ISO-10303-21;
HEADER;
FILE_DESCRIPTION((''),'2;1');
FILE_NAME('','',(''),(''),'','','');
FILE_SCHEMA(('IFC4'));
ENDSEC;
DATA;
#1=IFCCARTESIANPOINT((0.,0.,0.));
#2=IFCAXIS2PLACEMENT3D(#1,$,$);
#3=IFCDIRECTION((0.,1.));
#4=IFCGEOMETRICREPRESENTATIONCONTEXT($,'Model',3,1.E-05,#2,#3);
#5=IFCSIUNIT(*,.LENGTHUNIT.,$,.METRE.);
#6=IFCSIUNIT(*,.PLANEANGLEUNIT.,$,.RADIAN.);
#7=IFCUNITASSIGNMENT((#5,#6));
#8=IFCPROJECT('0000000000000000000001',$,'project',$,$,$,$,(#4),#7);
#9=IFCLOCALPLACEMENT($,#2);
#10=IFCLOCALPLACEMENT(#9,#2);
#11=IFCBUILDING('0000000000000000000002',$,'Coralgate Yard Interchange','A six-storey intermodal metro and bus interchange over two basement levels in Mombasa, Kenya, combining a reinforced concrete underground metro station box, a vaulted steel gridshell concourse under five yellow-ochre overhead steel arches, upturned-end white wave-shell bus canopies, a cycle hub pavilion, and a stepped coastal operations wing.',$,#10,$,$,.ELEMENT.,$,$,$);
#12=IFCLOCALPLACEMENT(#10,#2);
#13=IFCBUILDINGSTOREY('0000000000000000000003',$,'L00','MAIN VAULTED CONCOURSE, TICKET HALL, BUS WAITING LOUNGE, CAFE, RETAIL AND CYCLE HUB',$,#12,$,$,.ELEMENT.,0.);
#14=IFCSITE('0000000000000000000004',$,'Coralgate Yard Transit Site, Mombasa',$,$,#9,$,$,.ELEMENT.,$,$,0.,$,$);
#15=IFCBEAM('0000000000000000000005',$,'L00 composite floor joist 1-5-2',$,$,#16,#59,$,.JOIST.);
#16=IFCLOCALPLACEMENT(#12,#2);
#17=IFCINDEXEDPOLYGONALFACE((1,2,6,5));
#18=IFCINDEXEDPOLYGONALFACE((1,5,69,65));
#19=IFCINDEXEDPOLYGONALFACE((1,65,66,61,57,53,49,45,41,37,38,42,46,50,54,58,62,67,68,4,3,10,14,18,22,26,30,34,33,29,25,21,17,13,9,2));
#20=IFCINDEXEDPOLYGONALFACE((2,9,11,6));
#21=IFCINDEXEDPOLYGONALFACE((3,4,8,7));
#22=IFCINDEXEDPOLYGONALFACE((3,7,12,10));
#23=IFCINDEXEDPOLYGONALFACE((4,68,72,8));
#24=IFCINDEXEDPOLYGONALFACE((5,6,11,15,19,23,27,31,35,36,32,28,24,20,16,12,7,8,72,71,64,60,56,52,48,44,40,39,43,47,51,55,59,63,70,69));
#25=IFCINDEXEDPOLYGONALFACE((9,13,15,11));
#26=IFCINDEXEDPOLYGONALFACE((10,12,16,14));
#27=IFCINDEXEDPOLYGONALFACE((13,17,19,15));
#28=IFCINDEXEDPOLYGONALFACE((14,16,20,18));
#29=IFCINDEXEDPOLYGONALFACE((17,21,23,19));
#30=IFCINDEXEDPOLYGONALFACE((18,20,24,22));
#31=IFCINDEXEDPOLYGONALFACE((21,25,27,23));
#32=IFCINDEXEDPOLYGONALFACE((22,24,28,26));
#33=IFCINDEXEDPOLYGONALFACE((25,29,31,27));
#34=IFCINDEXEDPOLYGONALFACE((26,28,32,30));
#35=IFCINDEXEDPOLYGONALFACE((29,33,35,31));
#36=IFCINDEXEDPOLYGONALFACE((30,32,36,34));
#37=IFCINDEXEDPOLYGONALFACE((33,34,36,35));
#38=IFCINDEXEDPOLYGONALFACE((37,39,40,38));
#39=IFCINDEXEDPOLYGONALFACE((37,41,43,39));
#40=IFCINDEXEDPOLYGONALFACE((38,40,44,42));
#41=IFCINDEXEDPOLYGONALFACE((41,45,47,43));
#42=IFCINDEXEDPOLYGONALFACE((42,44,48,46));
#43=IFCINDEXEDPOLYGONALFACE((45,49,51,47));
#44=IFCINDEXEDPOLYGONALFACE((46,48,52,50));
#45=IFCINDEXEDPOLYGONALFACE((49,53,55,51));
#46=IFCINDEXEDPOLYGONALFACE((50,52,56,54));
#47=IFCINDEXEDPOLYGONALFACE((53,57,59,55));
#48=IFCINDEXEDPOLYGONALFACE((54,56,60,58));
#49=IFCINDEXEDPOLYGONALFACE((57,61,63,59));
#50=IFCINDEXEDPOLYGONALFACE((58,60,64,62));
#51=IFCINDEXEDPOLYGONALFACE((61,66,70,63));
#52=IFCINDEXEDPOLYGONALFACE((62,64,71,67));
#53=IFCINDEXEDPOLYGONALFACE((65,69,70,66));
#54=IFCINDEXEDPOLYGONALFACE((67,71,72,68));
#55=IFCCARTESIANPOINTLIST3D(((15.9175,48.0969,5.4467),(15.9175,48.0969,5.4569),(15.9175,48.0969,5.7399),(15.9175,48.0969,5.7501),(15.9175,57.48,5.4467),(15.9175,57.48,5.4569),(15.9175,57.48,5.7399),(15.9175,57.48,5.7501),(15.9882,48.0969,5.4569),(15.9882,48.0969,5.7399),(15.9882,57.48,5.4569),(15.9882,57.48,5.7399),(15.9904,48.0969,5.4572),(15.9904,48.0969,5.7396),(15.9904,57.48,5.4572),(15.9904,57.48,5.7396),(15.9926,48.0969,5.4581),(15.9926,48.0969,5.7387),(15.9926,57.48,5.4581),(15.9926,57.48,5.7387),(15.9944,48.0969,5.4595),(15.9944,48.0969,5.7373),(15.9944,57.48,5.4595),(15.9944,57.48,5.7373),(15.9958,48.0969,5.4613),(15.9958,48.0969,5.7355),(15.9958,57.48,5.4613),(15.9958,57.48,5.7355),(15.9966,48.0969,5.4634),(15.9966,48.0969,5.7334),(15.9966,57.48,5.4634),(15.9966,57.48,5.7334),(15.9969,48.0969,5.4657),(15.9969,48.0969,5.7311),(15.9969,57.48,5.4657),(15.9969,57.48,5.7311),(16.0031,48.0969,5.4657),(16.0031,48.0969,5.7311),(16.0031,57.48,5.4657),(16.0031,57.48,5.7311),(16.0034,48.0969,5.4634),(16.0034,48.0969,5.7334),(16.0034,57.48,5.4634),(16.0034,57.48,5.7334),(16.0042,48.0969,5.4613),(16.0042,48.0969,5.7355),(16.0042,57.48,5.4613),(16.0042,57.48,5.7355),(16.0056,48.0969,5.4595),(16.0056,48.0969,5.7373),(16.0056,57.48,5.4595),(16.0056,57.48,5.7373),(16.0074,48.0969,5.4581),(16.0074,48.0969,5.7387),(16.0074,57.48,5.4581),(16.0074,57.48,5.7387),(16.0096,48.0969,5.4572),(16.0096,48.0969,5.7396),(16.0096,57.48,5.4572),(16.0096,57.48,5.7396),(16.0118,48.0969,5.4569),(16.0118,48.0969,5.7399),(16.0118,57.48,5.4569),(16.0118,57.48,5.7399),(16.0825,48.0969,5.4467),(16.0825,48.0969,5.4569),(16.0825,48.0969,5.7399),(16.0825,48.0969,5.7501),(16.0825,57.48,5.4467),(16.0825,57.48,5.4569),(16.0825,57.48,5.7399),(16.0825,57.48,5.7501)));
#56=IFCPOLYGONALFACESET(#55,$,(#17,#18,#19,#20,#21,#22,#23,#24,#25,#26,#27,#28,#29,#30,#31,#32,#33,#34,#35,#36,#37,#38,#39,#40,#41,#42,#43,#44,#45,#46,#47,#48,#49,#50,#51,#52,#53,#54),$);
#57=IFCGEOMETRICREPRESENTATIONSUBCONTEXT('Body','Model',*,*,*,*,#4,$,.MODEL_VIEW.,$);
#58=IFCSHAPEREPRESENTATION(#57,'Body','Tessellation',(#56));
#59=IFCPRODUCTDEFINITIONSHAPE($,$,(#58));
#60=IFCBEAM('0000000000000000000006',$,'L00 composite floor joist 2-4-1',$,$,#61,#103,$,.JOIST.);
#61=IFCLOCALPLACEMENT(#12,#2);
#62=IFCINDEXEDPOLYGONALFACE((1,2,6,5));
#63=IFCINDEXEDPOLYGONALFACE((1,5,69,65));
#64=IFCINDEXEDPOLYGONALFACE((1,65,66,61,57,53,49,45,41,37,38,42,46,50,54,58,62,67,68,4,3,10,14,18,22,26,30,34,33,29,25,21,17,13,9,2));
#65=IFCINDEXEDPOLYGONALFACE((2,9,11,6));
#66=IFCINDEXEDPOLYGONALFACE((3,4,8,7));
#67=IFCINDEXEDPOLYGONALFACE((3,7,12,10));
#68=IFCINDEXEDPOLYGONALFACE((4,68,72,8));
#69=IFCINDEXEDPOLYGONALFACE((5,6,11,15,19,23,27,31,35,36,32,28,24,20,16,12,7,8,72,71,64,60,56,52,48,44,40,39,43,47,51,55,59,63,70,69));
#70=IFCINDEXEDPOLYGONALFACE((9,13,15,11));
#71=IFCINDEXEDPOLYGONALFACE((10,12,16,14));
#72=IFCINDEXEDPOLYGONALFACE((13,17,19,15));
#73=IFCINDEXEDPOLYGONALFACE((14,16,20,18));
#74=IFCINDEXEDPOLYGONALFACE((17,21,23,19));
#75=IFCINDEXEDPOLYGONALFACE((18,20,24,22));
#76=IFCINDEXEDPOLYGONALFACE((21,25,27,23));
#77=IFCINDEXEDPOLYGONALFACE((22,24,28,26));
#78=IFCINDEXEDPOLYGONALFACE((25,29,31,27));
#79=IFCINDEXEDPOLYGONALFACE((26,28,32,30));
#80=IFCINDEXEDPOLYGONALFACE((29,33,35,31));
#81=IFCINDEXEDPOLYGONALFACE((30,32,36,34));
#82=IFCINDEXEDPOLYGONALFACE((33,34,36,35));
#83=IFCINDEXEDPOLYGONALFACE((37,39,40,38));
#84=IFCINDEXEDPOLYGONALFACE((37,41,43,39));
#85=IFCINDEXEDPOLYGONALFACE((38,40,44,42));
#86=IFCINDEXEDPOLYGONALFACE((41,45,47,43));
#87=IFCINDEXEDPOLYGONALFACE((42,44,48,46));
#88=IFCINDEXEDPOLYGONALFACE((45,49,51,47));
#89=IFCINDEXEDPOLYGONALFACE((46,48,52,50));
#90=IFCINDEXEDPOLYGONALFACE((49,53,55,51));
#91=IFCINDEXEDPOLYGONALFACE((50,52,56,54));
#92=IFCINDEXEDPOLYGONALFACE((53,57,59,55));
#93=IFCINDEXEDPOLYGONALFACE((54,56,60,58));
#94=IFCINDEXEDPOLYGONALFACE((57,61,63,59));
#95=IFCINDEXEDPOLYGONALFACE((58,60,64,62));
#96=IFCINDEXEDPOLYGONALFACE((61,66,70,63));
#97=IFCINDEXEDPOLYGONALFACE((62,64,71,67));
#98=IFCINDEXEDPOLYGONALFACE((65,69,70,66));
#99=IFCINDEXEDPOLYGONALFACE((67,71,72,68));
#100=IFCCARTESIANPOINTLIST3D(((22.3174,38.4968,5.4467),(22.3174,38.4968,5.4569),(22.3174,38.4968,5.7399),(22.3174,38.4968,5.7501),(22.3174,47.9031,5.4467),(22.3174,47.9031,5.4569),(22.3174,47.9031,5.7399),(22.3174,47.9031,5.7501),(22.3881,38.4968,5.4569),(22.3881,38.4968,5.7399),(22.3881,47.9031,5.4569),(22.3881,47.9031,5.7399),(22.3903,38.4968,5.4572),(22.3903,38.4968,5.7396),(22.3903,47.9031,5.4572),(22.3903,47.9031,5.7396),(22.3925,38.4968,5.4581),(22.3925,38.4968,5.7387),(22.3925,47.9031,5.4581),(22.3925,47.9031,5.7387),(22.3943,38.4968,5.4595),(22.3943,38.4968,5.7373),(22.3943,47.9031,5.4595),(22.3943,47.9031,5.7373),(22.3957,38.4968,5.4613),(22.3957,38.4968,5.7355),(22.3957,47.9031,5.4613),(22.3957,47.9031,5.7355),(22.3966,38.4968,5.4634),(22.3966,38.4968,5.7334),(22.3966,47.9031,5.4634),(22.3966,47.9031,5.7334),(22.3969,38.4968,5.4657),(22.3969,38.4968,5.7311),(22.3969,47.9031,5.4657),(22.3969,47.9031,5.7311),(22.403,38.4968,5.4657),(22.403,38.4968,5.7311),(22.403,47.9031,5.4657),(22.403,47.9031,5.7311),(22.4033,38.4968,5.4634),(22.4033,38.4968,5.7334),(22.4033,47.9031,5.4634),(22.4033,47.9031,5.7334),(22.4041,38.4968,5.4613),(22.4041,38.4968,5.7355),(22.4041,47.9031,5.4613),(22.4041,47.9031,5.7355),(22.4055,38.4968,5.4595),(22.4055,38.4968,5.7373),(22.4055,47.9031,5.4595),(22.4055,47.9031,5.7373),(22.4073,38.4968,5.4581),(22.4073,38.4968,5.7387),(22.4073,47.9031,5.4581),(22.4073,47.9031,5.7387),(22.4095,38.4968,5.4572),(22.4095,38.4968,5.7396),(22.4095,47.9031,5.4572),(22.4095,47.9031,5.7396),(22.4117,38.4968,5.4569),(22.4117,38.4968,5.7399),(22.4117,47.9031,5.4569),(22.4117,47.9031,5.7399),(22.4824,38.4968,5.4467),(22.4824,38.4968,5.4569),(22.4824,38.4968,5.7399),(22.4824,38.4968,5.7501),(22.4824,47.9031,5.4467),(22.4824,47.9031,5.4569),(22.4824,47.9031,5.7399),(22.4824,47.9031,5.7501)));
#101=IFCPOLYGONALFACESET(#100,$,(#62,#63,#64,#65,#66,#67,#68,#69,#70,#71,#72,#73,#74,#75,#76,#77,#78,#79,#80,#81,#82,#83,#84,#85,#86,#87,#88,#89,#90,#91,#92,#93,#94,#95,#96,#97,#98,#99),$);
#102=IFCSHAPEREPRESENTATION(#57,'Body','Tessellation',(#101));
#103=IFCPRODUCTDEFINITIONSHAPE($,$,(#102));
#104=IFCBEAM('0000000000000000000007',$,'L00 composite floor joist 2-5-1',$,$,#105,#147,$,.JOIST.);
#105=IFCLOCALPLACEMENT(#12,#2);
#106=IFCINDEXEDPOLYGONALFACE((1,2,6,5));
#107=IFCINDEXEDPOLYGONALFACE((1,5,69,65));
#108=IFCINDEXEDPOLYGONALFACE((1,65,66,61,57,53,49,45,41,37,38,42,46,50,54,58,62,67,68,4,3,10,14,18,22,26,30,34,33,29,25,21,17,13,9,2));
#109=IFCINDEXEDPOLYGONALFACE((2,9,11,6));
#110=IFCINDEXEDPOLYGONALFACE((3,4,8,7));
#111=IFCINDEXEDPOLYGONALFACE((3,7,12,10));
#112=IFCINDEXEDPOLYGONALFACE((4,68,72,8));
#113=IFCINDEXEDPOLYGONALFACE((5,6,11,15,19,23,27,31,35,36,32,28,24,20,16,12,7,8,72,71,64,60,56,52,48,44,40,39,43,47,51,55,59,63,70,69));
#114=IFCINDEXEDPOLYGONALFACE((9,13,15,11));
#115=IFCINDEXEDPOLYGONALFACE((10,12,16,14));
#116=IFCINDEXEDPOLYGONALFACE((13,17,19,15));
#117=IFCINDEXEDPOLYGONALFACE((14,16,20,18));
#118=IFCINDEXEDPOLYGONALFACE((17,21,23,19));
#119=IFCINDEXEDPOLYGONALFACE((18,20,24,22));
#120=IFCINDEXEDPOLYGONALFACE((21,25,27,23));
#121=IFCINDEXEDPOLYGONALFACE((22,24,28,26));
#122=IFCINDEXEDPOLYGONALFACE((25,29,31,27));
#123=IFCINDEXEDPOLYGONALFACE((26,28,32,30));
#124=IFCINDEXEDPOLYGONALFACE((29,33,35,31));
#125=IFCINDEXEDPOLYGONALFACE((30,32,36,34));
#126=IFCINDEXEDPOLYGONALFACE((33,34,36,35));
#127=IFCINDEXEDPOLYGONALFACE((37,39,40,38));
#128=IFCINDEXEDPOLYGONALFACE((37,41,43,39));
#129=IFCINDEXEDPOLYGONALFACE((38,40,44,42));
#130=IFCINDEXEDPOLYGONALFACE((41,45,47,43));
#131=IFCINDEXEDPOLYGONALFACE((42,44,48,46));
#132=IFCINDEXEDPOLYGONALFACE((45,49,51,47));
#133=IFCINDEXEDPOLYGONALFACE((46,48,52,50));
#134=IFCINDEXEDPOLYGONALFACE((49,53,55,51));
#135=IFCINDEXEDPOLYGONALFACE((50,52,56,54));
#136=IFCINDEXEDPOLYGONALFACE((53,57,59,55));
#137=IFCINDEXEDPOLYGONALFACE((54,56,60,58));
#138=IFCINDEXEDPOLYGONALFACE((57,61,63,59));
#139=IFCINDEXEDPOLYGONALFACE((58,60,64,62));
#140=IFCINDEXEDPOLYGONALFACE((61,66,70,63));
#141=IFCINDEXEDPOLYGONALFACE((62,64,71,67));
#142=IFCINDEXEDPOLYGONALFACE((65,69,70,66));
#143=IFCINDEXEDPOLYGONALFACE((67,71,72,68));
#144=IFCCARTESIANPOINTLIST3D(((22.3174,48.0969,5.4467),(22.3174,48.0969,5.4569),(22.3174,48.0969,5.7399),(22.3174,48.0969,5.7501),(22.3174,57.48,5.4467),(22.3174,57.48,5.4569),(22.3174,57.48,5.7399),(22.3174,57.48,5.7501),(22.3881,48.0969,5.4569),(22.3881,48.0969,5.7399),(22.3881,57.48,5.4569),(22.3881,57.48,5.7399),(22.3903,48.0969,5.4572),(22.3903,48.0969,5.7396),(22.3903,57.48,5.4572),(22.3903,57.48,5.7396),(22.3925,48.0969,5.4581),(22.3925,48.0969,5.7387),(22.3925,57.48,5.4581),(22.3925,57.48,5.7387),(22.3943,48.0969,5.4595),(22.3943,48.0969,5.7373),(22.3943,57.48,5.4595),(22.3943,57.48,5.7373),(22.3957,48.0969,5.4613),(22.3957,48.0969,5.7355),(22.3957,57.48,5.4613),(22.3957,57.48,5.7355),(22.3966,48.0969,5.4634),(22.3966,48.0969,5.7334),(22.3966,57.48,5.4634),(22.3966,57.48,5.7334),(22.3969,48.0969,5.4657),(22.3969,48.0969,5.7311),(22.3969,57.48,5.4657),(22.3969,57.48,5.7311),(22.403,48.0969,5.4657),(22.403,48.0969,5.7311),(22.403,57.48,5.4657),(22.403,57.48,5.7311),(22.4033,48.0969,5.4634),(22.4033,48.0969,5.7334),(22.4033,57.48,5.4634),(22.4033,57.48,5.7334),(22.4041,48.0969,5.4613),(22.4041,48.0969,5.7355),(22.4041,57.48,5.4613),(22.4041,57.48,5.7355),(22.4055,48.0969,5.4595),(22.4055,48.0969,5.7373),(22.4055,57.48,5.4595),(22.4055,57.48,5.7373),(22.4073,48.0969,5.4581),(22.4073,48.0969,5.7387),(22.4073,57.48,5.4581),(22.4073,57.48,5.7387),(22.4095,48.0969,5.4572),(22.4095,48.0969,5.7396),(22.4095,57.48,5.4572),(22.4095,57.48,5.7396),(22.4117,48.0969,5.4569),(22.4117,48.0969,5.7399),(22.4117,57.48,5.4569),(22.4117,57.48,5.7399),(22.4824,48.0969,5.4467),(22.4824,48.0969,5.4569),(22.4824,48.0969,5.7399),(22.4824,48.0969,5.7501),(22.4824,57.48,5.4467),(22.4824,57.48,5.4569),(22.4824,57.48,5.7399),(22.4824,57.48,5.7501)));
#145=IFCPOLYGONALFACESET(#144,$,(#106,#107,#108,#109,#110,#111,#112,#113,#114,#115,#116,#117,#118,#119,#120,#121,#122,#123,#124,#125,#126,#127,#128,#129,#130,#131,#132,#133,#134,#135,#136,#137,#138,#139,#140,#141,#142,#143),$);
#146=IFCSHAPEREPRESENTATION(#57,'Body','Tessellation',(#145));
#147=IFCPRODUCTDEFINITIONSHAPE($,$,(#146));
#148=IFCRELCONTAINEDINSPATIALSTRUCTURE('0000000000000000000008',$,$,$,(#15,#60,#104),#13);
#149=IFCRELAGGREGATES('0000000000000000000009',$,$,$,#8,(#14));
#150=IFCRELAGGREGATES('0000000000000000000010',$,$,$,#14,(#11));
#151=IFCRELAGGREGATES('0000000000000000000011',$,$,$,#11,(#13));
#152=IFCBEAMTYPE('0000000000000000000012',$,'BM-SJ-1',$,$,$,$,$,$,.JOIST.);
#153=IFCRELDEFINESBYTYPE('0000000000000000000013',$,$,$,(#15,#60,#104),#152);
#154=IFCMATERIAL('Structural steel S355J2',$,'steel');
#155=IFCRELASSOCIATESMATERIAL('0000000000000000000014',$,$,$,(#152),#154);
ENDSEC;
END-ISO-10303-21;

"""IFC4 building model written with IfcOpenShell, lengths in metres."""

from ifc_helpers import new_model, si_unit, direction, frame, origin, origin_2d, place, context, subcontext, project, spatial, i_section, extrude, material, material_profile, profile_set, type_object, element, save


model = new_model("IFC4")

# Units and contexts
model_context = context("Model", 3, precision=1e-05, world=origin(), true_north=direction((0.0, 1.0)))
body_context = subcontext(model_context, "Body", "Model", "MODEL_VIEW")
ifc_project = project(units=[si_unit("LENGTHUNIT", "METRE"), si_unit("PLANEANGLEUNIT", "RADIAN")], contexts=[model_context])

# Site, building, storey
site_placement = place(None, origin())
site = spatial("IfcSite", under=ifc_project, at=site_placement, Name="Coralgate Yard Transit Site, Mombasa", CompositionType="ELEMENT", RefElevation=0.0)
building_placement = place(site_placement, origin())
building = spatial("IfcBuilding", under=site, at=building_placement, Name="Coralgate Yard Interchange", Description="A six-storey intermodal metro and bus interchange over two basement levels in Mombasa, Kenya, combining a reinforced concrete underground metro station box, a vaulted steel gridshell concourse under five yellow-ochre overhead steel arches, upturned-end white wave-shell bus canopies, a cycle hub pavilion, and a stepped coastal operations wing.", CompositionType="ELEMENT")
storey_placement = place(building_placement, origin())
storey = spatial("IfcBuildingStorey", under=building, at=storey_placement, Name="L00", Description="MAIN VAULTED CONCOURSE, TICKET HALL, BUS WAITING LOUNGE, CAFE, RETAIL AND CYCLE HUB", CompositionType="ELEMENT", Elevation=0.0)

# Shared definitions
ifc_material_1 = material(Name="Structural steel S355J2", Category="steel")

# Beams
ifc_material_profile_1 = material_profile(ifc_material_1, i_section(OverallWidth=0.165, OverallDepth=0.3035, WebThickness=0.0061, FlangeThickness=0.0103, FilletRadius=0.0088, at=origin_2d()), Name="UB 305x165x40")
ifc_profile_set_1 = profile_set([ifc_material_profile_1], Name="Structural steel S355J2")
beam_type_1 = type_object("IfcBeamType", Name="BM-SJ-1", PredefinedType="JOIST", material=ifc_profile_set_1)
for number, where, z_axis, x_axis, name in (
    (1, (16.0, 48.0969, 5.5984), (0.0, 1.0, 0.0), (-1.0, 0.0, 0.0), "L00 composite floor joist 1-5-2"),
):
    element("IfcBeam", number, at=place(storey_placement, frame(where, z_axis=z_axis, x_axis=x_axis)), inside=storey, type_object=beam_type_1, Name=name, PredefinedType="JOIST", context=body_context, shape_type="SweptSolid", body=[
        extrude(i_section(OverallWidth=0.165, OverallDepth=0.3035, WebThickness=0.0061, FlangeThickness=0.0103, FilletRadius=0.0088, at=origin_2d()), origin(), (0.0, 0.0, 1.0), 9.3831),
    ])
beam_1_placement = place(storey_placement, frame((22.3999, 38.4968, 5.5984), z_axis=(0.0, 1.0, 0.0), x_axis=(-1.0, 0.0, 0.0)))
element("IfcBeam", 2, at=beam_1_placement, inside=storey, type_object=beam_type_1, Name="L00 composite floor joist 2-4-1", PredefinedType="JOIST", context=body_context, shape_type="SweptSolid", body=[
    extrude(i_section(OverallWidth=0.165, OverallDepth=0.3035, WebThickness=0.0061, FlangeThickness=0.0103, FilletRadius=0.0088, at=origin_2d()), origin(), (0.0, 0.0, 1.0), 9.4062),
])
beam_2_placement = place(storey_placement, frame((22.3999, 48.0969, 5.5984), z_axis=(0.0, 1.0, 0.0), x_axis=(-1.0, 0.0, 0.0)))
element("IfcBeam", 3, at=beam_2_placement, inside=storey, type_object=beam_type_1, Name="L00 composite floor joist 2-5-1", PredefinedType="JOIST", context=body_context, shape_type="SweptSolid", body=[
    extrude(i_section(OverallWidth=0.165, OverallDepth=0.3035, WebThickness=0.0061, FlangeThickness=0.0103, FilletRadius=0.0088, at=origin_2d()), origin(), (0.0, 0.0, 1.0), 9.3831),
])

save(model, "model.ifc")
